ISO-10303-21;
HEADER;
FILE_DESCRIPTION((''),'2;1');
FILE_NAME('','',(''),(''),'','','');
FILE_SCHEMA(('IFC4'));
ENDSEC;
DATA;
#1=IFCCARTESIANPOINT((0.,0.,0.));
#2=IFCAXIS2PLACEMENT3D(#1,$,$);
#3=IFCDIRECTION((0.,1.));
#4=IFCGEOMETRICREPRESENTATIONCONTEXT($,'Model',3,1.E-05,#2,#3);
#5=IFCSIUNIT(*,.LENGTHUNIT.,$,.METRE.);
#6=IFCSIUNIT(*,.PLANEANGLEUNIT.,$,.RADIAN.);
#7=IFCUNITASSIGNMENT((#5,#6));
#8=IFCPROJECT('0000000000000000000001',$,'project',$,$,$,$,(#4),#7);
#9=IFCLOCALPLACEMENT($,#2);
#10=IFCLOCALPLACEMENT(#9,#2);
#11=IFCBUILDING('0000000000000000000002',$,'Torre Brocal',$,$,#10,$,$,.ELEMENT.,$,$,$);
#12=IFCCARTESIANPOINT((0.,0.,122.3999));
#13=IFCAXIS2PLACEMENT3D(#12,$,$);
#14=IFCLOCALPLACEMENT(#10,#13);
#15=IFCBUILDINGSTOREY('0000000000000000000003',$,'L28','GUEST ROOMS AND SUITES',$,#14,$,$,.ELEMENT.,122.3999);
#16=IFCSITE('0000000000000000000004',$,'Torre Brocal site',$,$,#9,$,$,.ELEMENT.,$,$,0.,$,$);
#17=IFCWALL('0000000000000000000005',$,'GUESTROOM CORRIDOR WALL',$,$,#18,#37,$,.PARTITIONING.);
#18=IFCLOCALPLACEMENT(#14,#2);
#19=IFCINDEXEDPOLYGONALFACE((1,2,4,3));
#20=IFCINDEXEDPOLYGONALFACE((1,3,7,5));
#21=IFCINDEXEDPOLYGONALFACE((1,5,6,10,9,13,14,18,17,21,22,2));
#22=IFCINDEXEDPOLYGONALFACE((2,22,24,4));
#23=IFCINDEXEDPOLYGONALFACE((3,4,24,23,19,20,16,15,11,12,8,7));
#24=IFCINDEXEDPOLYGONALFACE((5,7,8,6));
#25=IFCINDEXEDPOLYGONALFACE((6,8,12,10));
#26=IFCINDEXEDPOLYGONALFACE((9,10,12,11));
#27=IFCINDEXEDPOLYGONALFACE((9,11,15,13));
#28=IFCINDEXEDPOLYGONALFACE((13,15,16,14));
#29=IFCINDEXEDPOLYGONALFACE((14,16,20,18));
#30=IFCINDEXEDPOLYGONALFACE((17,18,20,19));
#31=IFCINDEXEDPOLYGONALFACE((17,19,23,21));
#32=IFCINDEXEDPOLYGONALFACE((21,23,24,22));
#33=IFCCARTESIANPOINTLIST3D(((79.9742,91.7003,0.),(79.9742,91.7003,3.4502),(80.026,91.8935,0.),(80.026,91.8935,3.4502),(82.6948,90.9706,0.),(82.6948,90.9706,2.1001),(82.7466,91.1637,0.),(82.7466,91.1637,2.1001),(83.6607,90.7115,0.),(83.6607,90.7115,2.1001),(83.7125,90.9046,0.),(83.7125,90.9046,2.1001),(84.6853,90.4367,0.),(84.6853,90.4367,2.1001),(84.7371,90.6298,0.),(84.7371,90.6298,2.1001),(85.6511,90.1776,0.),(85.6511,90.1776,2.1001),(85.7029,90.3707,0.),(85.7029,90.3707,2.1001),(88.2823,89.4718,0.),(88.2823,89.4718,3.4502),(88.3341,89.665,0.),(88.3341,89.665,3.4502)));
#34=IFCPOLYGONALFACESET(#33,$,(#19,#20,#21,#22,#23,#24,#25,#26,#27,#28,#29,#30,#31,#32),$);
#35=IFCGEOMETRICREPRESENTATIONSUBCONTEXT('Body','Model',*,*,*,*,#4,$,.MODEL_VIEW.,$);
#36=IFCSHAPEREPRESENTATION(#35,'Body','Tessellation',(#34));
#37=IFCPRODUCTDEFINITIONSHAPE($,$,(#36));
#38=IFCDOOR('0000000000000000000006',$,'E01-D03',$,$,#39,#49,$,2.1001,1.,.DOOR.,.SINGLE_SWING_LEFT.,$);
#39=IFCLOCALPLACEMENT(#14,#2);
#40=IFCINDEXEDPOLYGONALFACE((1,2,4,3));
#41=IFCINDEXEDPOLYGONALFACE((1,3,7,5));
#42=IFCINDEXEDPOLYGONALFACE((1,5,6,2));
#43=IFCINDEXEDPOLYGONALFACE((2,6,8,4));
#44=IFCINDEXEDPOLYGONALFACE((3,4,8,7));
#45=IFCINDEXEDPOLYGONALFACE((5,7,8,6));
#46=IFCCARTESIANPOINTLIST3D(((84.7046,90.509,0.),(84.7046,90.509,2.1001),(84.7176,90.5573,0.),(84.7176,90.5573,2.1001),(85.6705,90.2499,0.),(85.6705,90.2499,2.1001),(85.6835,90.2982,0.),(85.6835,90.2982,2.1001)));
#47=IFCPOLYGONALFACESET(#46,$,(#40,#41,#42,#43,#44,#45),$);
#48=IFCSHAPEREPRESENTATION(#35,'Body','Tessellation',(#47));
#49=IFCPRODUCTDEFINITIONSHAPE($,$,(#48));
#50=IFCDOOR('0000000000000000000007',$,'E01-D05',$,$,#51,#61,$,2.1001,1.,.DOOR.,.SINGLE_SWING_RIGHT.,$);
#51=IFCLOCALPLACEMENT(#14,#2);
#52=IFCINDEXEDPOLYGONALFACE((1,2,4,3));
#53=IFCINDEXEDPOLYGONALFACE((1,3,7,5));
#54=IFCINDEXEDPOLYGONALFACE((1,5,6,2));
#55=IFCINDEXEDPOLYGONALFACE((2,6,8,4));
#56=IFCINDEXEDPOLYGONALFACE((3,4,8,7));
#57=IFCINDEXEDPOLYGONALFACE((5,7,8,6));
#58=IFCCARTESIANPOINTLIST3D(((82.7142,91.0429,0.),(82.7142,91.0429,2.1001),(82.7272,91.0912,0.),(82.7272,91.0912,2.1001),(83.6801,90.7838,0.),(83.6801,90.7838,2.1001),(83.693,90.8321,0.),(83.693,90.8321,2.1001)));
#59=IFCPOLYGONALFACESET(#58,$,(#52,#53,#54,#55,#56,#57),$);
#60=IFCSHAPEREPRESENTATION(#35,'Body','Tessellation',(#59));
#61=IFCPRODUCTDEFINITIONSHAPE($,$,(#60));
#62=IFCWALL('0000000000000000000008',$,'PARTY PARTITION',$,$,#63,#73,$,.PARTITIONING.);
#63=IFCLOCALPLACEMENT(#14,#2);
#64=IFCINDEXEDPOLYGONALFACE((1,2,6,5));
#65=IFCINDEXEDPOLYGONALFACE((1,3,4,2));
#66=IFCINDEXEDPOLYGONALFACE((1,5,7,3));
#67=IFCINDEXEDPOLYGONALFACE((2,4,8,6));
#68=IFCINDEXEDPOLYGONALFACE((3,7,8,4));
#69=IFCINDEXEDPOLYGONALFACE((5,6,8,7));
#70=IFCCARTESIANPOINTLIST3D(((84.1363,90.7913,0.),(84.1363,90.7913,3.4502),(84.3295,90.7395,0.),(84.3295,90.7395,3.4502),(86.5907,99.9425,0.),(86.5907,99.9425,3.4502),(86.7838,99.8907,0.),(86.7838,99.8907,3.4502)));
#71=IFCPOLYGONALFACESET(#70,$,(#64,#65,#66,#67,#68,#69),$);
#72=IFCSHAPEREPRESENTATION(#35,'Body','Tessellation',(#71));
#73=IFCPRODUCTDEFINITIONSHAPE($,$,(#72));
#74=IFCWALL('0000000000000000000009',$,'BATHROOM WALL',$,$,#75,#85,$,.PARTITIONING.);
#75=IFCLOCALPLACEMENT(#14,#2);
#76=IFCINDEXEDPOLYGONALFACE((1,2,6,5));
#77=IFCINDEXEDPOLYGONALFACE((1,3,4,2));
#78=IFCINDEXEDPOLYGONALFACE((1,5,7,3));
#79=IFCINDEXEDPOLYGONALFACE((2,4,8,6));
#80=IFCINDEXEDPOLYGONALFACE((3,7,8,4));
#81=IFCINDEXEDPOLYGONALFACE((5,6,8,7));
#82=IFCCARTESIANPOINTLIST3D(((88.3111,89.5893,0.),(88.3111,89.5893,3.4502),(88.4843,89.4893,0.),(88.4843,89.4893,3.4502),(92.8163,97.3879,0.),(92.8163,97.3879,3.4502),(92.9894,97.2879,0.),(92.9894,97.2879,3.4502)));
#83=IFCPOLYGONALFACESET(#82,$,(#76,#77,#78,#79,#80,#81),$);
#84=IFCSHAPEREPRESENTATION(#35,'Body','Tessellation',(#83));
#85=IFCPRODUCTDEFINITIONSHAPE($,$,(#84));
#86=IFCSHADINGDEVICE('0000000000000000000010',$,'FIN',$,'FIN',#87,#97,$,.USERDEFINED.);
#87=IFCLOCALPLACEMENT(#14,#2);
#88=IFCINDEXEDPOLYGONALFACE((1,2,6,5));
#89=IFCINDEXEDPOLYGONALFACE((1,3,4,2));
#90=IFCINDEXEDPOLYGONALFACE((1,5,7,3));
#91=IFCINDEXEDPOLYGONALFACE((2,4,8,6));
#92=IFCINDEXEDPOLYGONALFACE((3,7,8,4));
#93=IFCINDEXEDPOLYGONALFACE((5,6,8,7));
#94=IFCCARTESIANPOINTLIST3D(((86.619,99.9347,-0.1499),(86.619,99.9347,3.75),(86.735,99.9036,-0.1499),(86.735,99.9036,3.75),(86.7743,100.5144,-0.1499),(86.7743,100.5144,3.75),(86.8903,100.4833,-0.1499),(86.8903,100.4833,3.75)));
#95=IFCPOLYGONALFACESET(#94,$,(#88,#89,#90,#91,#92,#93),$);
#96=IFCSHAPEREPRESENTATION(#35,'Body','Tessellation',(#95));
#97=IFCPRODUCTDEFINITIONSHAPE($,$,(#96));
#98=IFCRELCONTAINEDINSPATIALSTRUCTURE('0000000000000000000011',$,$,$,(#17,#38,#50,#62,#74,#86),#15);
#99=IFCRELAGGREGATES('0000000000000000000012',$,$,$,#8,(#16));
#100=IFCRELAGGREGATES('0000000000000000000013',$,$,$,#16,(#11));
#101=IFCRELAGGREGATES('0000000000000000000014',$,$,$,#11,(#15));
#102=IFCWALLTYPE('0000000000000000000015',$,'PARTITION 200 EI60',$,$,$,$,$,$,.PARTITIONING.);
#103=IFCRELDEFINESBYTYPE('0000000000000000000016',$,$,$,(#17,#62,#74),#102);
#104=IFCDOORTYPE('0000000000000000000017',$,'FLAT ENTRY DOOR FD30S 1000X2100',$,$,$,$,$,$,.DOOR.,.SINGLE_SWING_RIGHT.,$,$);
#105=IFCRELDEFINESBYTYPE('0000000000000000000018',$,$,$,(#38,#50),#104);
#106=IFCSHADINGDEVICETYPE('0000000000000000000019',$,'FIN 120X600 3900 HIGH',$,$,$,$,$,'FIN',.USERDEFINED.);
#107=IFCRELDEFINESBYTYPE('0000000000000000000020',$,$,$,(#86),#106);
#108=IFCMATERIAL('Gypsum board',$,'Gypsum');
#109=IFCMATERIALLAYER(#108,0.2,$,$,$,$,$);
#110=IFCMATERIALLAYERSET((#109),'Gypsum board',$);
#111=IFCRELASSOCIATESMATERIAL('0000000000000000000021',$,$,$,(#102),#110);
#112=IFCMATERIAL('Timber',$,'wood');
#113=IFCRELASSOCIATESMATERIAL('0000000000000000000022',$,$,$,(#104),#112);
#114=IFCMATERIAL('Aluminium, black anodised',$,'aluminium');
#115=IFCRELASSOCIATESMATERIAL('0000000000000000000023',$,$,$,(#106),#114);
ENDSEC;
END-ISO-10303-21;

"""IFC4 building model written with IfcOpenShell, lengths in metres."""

from ifc_helpers import new_model, si_unit, direction, frame, frame_2d, origin, origin_2d, place, context, subcontext, project, spatial, rectangle, extrude, material, layer, layer_set, material_profile, profile_set, type_object, element, fill, save


model = new_model("IFC4")

# Units and contexts
model_context = context("Model", 3, precision=1e-05, world=origin(), true_north=direction((0.0, 1.0)))
body_context = subcontext(model_context, "Body", "Model", "MODEL_VIEW")
ifc_project = project(units=[si_unit("LENGTHUNIT", "METRE"), si_unit("PLANEANGLEUNIT", "RADIAN")], contexts=[model_context])

# Site, building, storey
site_placement = place(None, origin())
site = spatial("IfcSite", under=ifc_project, at=site_placement, Name="Torre Brocal site", CompositionType="ELEMENT", RefElevation=0.0)
building_placement = place(site_placement, origin())
building = spatial("IfcBuilding", under=site, at=building_placement, Name="Torre Brocal", CompositionType="ELEMENT")
storey_placement = place(building_placement, frame((0.0, 0.0, 122.3999)))
storey = spatial("IfcBuildingStorey", under=building, at=storey_placement, Name="L28", Description="GUEST ROOMS AND SUITES", CompositionType="ELEMENT", Elevation=122.3999)

# Shared definitions
ifc_material_1 = material(Name="Gypsum board", Category="Gypsum")
ifc_layer_1 = layer(ifc_material_1, 0.2)
ifc_layer_set_1 = layer_set([ifc_layer_1], Name="Gypsum board")
wall_type_1 = type_object("IfcWallType", Name="PARTITION 200 EI60", PredefinedType="PARTITIONING", material=ifc_layer_set_1)
ifc_material_2 = material(Name="Timber", Category="wood")
door_type_1 = type_object("IfcDoorType", Name="FLAT ENTRY DOOR FD30S 1000X2100", OperationType="SINGLE_SWING_RIGHT", PredefinedType="DOOR", material=ifc_material_2)

# Wall, openings, doors
wall_1_placement = place(storey_placement, frame((80.0002, 91.7969, 0.0), z_axis=(0.0, 0.0, 1.0), x_axis=(0.965857, -0.259076, 0.0)))
wall_1 = element("IfcWall", 1, at=wall_1_placement, inside=storey, type_object=wall_type_1, Name="GUESTROOM CORRIDOR WALL", PredefinedType="PARTITIONING", context=body_context, shape_type="SweptSolid", body=[
    extrude(rectangle(XDim=8.6018, YDim=0.2, at=frame_2d((4.3008, 0.0))), origin(), (0.0, 0.0, 1.0), 3.4502),
])
opening_1_placement = place(wall_1_placement, frame((4.8774, 0.0, 0.0)))
opening_1 = element("IfcOpeningElement", 2, at=opening_1_placement, cuts=wall_1, PredefinedType="OPENING", context=body_context, shape_type="SweptSolid", body=[
    extrude(rectangle(XDim=1.0, YDim=2.1001, at=frame_2d((0.5, 1.05))), frame((0.0, 0.1099, 0.0), z_axis=(0.0, -1.0, 0.0), x_axis=(1.0, 0.0, 0.0)), (0.0, 0.0, 1.0), 0.22),
])
opening_2_placement = place(wall_1_placement, frame((2.8167, 0.0, 0.0)))
opening_2 = element("IfcOpeningElement", 3, at=opening_2_placement, cuts=wall_1, PredefinedType="OPENING", context=body_context, shape_type="SweptSolid", body=[
    extrude(rectangle(XDim=1.0, YDim=2.1001, at=frame_2d((0.5, 1.05))), frame((0.0, 0.1099, 0.0), z_axis=(0.0, -1.0, 0.0), x_axis=(1.0, 0.0, 0.0)), (0.0, 0.0, 1.0), 0.22),
])
door_1_placement = place(opening_1_placement, origin())
door_1 = element("IfcDoor", 4, at=door_1_placement, inside=storey, type_object=door_type_1, Name="E01-D03", OperationType="SINGLE_SWING_LEFT", OverallHeight=2.1001, OverallWidth=1.0, PredefinedType="DOOR", context=body_context, shape_type="SweptSolid", body=[
    extrude(rectangle(XDim=1.0, YDim=2.1001, at=frame_2d((0.5, 1.05))), frame((0.0, 0.0249, 0.0), z_axis=(0.0, -1.0, 0.0), x_axis=(1.0, 0.0, 0.0)), (0.0, 0.0, 1.0), 0.05),
])
fill(opening_1, door_1)
door_2_placement = place(opening_2_placement, origin())
door_2 = element("IfcDoor", 5, at=door_2_placement, inside=storey, type_object=door_type_1, Name="E01-D05", OperationType="SINGLE_SWING_RIGHT", OverallHeight=2.1001, OverallWidth=1.0, PredefinedType="DOOR", context=body_context, shape_type="SweptSolid", body=[
    extrude(rectangle(XDim=1.0, YDim=2.1001, at=frame_2d((0.5, 1.05))), frame((0.0, 0.0249, 0.0), z_axis=(0.0, -1.0, 0.0), x_axis=(1.0, 0.0, 0.0)), (0.0, 0.0, 1.0), 0.05),
])
fill(opening_2, door_2)

# Walls
wall_2_placement = place(storey_placement, frame((84.2329, 90.7654, 0.0), z_axis=(0.0, 0.0, 1.0), x_axis=(0.259046, 0.965865, 0.0)))
element("IfcWall", 6, at=wall_2_placement, inside=storey, type_object=wall_type_1, Name="PARTY PARTITION", PredefinedType="PARTITIONING", context=body_context, shape_type="SweptSolid", body=[
    extrude(rectangle(XDim=9.4746, YDim=0.2, at=frame_2d((4.7373, 0.0))), origin(), (0.0, 0.0, 1.0), 3.4502),
])
wall_3_placement = place(storey_placement, frame((88.3977, 89.5393, 0.0), z_axis=(0.0, 0.0, 1.0), x_axis=(0.500218, 0.8659, 0.0)))
element("IfcWall", 7, at=wall_3_placement, inside=storey, type_object=wall_type_1, Name="BATHROOM WALL", PredefinedType="PARTITIONING", context=body_context, shape_type="SweptSolid", body=[
    extrude(rectangle(XDim=9.0063, YDim=0.2, at=frame_2d((4.5032, 0.0))), origin(), (0.0, 0.0, 1.0), 3.4502),
])

# Shading device
ifc_material_3 = material(Name="Aluminium, black anodised", Category="aluminium")
ifc_material_profile_1 = material_profile(ifc_material_3, rectangle(XDim=0.1201, YDim=0.6001, at=origin_2d()), Name="FIN 120X600 3900 HIGH")
ifc_profile_set_1 = profile_set([ifc_material_profile_1], Name="Aluminium, black anodised")
shading_device_type = type_object("IfcShadingDeviceType", Name="FIN 120X600 3900 HIGH", ElementType="FIN", PredefinedType="USERDEFINED", material=ifc_profile_set_1)
shading_device_placement = place(storey_placement, frame((86.7546, 100.209, -0.1499), z_axis=(0.0, 0.0, 1.0), x_axis=(-0.965926, 0.258819, 0.0)))
element("IfcShadingDevice", 8, at=shading_device_placement, inside=storey, type_object=shading_device_type, Name="FIN", ObjectType="FIN", PredefinedType="USERDEFINED", context=body_context, shape_type="SweptSolid", body=[
    extrude(rectangle(XDim=0.1201, YDim=0.6001, at=origin_2d()), origin(), (0.0, 0.0, 1.0), 3.8999),
])

save(model, "model.ifc")
